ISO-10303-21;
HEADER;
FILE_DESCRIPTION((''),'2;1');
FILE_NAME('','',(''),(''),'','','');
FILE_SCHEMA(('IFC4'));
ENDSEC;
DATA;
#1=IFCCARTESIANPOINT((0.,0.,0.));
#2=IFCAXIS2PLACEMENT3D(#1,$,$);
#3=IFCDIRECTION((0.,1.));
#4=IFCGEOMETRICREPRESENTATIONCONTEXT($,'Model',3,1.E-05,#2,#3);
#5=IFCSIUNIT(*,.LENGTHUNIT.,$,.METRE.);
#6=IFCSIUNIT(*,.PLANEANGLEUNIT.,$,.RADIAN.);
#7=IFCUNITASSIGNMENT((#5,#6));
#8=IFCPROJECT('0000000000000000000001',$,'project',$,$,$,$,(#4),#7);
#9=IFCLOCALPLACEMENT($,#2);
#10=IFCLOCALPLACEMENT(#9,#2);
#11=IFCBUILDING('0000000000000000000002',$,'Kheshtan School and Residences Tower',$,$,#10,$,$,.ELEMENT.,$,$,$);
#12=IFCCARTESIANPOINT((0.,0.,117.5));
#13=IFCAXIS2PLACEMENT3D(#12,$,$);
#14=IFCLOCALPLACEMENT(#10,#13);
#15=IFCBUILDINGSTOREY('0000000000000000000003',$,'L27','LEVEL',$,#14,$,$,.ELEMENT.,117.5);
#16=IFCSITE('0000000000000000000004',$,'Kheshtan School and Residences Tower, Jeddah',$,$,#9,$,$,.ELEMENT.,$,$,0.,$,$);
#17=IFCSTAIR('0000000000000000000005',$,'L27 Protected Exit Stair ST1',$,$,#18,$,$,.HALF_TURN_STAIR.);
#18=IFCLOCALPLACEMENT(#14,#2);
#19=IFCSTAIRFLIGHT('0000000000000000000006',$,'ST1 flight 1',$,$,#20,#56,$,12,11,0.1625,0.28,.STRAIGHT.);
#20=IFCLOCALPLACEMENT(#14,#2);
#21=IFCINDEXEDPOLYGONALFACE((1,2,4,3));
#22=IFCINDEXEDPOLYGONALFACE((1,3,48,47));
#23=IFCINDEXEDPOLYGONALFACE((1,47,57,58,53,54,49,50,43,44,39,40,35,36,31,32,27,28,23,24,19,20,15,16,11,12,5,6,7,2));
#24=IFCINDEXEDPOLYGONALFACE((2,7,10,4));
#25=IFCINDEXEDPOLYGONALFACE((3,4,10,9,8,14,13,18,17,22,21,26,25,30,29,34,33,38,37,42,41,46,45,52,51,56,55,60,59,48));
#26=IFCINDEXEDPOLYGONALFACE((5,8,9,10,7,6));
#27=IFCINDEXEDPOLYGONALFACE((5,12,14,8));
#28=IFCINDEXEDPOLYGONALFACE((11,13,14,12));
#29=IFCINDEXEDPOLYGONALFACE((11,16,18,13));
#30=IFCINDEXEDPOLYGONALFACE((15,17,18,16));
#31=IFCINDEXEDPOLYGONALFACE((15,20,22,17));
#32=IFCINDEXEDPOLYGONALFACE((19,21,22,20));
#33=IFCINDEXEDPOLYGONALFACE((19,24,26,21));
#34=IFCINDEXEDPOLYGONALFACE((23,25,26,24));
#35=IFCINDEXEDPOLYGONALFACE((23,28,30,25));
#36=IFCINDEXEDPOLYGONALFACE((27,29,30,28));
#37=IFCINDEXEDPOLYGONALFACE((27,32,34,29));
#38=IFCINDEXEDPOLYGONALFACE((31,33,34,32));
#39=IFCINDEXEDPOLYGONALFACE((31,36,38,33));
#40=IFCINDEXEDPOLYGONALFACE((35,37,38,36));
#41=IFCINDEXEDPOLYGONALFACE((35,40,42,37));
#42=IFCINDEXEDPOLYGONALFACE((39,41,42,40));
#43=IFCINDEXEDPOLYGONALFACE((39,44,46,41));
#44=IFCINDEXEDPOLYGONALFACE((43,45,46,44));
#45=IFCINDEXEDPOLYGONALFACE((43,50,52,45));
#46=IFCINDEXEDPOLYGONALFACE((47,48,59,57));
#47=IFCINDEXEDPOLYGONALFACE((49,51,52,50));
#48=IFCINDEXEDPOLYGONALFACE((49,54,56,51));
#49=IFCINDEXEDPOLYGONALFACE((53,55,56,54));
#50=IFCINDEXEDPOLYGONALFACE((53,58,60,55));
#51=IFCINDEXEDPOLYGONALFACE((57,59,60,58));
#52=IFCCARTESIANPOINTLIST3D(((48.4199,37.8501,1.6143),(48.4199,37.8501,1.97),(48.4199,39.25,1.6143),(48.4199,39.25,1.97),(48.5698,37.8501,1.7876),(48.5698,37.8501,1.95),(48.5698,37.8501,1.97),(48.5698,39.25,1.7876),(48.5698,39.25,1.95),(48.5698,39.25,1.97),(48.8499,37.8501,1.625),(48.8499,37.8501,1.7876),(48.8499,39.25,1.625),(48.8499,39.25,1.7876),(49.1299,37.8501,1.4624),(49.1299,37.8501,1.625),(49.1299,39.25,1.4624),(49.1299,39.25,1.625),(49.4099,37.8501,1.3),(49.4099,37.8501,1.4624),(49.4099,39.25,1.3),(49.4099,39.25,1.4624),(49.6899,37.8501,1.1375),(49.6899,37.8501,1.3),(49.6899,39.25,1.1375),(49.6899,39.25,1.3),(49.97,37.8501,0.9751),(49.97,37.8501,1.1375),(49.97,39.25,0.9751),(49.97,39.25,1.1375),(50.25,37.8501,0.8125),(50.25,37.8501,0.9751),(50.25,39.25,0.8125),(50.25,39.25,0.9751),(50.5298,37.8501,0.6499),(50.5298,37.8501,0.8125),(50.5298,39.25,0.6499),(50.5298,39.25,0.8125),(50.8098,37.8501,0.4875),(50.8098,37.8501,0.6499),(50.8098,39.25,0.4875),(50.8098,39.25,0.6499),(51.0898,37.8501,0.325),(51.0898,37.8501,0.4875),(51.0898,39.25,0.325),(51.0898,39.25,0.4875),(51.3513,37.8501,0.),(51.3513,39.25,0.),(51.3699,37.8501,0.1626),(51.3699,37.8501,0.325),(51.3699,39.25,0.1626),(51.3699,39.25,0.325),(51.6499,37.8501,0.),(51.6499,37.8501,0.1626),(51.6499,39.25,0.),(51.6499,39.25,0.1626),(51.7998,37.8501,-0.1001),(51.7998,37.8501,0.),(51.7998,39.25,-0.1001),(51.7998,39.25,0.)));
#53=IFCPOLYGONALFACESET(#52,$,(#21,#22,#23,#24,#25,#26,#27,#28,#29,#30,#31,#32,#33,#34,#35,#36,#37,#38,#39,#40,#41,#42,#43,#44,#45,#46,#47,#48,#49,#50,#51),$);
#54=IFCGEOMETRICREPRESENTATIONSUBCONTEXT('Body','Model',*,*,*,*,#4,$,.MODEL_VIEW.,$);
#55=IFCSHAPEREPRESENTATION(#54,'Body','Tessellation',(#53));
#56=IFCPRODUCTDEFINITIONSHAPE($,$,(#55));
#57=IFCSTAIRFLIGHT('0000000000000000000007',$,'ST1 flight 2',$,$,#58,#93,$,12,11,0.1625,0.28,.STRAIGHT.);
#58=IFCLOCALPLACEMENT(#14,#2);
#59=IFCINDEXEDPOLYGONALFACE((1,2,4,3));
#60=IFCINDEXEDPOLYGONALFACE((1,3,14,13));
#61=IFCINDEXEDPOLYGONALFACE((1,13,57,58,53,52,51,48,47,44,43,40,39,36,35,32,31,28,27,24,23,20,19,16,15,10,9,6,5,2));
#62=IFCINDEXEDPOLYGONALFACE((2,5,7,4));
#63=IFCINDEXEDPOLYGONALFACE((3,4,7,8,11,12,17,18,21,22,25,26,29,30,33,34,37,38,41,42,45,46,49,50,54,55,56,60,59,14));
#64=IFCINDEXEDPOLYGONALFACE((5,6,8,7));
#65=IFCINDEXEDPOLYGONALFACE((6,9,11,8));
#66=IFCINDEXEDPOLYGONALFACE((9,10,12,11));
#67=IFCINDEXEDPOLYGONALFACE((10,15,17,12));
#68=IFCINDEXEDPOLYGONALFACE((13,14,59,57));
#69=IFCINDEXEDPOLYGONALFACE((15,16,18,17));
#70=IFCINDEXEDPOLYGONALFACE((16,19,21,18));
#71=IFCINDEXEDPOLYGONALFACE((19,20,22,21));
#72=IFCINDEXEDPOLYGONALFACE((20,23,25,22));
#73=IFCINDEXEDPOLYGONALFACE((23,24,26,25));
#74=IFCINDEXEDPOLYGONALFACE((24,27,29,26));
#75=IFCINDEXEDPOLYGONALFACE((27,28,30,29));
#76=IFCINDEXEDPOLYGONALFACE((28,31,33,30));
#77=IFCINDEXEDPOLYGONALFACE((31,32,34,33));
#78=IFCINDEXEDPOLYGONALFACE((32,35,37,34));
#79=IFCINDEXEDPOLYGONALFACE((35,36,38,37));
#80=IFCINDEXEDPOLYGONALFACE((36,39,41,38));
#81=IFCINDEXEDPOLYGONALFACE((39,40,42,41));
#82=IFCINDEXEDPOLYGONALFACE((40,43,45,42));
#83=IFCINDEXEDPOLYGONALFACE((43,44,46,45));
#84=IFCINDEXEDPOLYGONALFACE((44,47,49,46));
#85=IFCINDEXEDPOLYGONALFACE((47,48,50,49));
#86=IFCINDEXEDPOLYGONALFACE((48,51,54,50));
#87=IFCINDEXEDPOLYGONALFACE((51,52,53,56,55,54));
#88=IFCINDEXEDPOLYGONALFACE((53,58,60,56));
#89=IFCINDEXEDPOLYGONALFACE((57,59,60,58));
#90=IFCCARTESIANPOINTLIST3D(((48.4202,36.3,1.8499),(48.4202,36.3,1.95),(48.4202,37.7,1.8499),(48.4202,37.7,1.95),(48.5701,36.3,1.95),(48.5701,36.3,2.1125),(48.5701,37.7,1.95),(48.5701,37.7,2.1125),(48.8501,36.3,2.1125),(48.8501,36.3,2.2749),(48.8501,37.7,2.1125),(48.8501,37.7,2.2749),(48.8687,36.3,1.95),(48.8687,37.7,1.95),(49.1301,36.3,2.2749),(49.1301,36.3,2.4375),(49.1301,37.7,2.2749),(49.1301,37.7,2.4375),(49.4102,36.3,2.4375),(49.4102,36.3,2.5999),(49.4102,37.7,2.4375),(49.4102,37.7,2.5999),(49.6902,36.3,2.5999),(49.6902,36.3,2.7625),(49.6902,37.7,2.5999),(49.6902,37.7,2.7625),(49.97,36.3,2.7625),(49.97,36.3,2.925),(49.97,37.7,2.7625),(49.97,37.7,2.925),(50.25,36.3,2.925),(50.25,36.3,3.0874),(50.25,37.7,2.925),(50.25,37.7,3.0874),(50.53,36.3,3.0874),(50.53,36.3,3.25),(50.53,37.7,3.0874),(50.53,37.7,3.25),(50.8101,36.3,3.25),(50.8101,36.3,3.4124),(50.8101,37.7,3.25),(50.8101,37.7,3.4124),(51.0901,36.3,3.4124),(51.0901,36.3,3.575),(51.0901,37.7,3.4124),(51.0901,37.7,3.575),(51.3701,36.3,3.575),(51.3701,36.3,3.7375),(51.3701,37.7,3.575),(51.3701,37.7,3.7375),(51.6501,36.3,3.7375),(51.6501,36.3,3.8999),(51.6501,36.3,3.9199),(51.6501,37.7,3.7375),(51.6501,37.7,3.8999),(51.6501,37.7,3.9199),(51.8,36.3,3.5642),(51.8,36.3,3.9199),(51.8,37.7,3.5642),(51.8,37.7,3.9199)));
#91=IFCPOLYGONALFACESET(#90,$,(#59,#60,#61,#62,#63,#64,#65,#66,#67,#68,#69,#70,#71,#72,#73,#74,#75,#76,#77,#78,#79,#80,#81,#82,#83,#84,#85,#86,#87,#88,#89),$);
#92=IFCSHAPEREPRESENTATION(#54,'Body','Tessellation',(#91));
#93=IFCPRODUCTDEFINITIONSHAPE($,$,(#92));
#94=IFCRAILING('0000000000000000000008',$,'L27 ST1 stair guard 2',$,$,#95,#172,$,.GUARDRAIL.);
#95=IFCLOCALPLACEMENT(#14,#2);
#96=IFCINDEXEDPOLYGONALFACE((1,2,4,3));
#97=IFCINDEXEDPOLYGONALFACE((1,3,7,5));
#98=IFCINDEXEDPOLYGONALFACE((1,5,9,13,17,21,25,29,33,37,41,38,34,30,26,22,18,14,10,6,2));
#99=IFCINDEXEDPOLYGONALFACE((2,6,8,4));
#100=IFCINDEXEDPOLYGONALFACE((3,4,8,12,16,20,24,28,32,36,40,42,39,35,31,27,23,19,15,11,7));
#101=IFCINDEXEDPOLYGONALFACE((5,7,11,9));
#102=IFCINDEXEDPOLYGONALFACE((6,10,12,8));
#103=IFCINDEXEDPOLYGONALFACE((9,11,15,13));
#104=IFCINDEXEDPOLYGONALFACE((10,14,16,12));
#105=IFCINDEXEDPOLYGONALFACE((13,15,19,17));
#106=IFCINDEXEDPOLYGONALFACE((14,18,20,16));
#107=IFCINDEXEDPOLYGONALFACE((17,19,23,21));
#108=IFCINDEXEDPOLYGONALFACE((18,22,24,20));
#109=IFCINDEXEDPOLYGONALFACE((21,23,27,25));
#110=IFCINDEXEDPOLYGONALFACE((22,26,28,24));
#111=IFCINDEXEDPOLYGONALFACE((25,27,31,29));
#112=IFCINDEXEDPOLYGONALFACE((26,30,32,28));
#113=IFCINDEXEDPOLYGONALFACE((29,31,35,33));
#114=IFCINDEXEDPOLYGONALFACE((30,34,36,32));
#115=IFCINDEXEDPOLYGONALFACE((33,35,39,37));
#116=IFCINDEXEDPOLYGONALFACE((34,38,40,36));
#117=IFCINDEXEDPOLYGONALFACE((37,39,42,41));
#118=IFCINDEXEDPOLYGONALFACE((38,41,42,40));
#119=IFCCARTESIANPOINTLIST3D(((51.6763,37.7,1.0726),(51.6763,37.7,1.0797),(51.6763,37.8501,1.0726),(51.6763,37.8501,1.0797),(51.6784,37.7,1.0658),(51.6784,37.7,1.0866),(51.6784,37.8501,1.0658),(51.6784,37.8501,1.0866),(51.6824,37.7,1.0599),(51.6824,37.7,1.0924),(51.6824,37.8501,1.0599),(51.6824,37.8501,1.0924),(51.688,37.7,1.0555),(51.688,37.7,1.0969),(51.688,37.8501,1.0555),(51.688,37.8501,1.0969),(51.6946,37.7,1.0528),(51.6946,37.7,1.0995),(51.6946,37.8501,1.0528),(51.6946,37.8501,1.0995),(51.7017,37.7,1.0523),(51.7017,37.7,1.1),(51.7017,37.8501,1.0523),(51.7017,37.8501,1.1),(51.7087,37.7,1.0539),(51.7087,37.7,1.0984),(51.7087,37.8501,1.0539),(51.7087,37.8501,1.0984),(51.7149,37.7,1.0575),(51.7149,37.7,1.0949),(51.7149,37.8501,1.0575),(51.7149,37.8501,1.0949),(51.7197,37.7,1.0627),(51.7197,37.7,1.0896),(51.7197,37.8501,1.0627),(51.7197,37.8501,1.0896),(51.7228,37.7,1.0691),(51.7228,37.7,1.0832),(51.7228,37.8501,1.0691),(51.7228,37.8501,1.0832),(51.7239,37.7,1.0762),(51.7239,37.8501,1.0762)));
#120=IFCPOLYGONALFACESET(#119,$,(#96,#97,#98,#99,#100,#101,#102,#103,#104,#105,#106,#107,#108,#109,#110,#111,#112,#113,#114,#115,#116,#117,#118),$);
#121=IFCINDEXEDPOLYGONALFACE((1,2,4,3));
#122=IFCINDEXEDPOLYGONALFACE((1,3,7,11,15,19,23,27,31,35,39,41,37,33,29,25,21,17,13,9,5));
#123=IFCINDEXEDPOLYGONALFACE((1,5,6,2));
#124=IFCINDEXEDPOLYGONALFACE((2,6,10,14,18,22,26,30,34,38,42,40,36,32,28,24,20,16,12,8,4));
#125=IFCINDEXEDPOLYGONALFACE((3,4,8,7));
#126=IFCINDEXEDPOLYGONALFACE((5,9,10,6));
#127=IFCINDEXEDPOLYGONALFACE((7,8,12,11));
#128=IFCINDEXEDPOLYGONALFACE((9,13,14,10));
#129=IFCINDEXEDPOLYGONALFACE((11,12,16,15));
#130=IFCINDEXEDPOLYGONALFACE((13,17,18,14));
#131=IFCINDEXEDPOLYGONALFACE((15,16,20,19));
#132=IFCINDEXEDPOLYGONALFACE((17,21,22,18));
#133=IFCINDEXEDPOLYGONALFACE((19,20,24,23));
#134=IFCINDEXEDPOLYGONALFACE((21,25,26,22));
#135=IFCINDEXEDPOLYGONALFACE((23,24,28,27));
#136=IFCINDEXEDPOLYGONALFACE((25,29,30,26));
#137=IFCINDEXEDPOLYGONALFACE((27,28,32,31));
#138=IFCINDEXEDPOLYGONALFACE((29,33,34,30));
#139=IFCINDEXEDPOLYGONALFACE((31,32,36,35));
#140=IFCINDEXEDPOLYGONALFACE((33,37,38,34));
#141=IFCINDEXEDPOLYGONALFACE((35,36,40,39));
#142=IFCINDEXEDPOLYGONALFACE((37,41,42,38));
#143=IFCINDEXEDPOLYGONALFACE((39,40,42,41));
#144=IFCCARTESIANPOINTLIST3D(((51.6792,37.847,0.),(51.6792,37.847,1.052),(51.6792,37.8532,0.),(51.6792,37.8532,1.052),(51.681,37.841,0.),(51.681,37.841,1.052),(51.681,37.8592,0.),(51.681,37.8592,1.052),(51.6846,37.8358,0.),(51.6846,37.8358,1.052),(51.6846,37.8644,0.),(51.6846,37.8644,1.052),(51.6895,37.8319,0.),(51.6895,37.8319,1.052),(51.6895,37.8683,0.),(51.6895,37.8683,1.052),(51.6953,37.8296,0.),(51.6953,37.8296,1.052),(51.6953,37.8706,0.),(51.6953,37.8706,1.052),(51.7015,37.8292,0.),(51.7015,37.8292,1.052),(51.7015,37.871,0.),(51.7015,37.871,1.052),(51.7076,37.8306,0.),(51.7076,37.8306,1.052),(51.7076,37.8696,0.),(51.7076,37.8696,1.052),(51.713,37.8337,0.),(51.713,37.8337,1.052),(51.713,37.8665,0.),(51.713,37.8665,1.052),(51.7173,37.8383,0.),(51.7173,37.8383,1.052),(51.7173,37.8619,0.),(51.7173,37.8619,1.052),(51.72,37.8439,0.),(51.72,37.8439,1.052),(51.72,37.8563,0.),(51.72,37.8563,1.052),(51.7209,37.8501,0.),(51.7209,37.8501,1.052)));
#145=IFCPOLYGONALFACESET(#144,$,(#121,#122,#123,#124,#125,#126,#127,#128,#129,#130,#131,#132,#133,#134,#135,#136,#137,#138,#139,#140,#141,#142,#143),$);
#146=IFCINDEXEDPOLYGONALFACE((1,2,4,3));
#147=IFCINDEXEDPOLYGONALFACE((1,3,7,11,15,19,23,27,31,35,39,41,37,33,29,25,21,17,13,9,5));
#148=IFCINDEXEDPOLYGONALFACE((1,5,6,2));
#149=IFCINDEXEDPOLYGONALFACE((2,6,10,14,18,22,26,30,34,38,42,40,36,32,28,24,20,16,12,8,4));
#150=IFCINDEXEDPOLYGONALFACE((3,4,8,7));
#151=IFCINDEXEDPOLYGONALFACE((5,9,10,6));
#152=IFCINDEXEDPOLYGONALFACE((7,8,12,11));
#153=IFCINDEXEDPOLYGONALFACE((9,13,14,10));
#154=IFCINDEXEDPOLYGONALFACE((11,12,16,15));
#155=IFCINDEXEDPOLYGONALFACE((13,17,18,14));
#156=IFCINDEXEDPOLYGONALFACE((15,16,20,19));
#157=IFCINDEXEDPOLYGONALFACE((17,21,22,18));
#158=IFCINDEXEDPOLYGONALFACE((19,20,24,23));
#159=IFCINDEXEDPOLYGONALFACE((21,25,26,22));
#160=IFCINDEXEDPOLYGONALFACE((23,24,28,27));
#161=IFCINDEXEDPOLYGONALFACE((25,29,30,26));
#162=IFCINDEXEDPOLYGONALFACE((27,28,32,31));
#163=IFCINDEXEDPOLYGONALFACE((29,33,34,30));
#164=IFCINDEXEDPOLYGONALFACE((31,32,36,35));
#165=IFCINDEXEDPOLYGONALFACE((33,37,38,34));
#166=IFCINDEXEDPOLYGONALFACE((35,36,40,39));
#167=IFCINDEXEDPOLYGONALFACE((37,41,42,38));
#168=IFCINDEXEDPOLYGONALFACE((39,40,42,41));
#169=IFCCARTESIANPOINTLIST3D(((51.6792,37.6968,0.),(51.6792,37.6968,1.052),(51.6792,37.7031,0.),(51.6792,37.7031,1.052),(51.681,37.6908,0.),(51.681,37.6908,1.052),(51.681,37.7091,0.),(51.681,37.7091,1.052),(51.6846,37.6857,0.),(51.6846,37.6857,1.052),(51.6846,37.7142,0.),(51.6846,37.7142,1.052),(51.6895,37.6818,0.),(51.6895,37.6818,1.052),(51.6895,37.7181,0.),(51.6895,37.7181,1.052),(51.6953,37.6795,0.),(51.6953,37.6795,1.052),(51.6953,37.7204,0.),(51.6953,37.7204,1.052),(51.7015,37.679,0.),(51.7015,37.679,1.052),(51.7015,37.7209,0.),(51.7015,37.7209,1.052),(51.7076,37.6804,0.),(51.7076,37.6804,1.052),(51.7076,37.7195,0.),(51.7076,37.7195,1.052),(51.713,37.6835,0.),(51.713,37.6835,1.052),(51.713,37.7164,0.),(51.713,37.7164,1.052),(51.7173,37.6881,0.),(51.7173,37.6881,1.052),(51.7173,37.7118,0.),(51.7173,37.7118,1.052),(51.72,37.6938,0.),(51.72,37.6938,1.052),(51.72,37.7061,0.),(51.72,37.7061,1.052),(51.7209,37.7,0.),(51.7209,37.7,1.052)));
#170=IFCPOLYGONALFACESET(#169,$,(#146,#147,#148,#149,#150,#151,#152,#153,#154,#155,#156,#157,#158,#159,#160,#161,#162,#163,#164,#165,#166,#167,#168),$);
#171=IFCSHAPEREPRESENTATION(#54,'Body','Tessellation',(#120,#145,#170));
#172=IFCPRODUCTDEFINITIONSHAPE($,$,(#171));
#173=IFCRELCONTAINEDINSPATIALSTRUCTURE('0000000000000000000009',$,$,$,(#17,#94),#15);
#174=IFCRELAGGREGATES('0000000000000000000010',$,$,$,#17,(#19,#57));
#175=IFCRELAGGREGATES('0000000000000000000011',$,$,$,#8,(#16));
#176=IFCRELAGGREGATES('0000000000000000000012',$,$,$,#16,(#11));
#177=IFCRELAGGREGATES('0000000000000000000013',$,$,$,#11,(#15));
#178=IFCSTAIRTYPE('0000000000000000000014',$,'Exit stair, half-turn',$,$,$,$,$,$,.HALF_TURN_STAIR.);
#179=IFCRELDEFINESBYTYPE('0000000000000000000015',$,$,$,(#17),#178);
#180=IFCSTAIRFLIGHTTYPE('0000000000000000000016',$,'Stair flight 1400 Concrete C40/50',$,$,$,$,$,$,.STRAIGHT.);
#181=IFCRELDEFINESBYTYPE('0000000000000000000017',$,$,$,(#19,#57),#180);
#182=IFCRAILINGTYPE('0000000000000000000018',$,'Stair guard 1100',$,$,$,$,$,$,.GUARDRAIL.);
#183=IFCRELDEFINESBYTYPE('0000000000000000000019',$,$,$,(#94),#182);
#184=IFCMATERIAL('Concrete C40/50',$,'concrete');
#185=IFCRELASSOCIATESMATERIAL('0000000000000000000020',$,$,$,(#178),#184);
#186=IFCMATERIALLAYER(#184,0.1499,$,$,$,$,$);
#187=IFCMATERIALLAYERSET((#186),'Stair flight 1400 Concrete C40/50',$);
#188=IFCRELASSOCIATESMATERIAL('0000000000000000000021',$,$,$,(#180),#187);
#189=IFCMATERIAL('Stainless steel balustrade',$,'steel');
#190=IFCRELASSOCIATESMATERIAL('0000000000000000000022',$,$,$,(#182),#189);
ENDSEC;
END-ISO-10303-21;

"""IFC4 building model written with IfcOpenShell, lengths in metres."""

from ifc_helpers import new_model, si_unit, direction, frame, origin, origin_2d, place, context, subcontext, project, spatial, polyline, circle, outline, extrude, material, layer, layer_set, type_object, element, aggregate, save


model = new_model("IFC4")

# Units and contexts
model_context = context("Model", 3, precision=1e-05, world=origin(), true_north=direction((0.0, 1.0)))
body_context = subcontext(model_context, "Body", "Model", "MODEL_VIEW")
ifc_project = project(units=[si_unit("LENGTHUNIT", "METRE"), si_unit("PLANEANGLEUNIT", "RADIAN")], contexts=[model_context])

# Site, building, storey
site_placement = place(None, origin())
site = spatial("IfcSite", under=ifc_project, at=site_placement, Name="Kheshtan School and Residences Tower, Jeddah", CompositionType="ELEMENT", RefElevation=0.0)
building_placement = place(site_placement, origin())
building = spatial("IfcBuilding", under=site, at=building_placement, Name="Kheshtan School and Residences Tower", CompositionType="ELEMENT")
storey_placement = place(building_placement, frame((0.0, 0.0, 117.5)))
storey = spatial("IfcBuildingStorey", under=building, at=storey_placement, Name="L27", Description="LEVEL", CompositionType="ELEMENT", Elevation=117.5)

# Shared definitions
ifc_material_1 = material(Name="Concrete C40/50", Category="concrete")

# Stair, stair flights
stair_type = type_object("IfcStairType", Name="Exit stair, half-turn", PredefinedType="HALF_TURN_STAIR", material=ifc_material_1)
stair_placement = place(storey_placement, origin())
stair = element("IfcStair", 1, at=stair_placement, inside=storey, type_object=stair_type, Name="L27 Protected Exit Stair ST1", PredefinedType="HALF_TURN_STAIR")
ifc_layer_1 = layer(ifc_material_1, 0.1499)
ifc_layer_set_1 = layer_set([ifc_layer_1], Name="Stair flight 1400 Concrete C40/50")
stair_flight_type = type_object("IfcStairFlightType", Name="Stair flight 1400 Concrete C40/50", PredefinedType="STRAIGHT", material=ifc_layer_set_1)
stair_flight_1_placement = place(storey_placement, frame((51.6499, 38.55, 0.0), z_axis=(0.0, 0.0, 1.0), x_axis=(-1.0, 0.0, 0.0)))
stair_flight_1 = element("IfcStairFlight", 2, at=stair_flight_1_placement, type_object=stair_flight_type, Name="ST1 flight 1", NumberOfRisers=12, NumberOfTreads=11, PredefinedType="STRAIGHT", RiserHeight=0.1625, TreadLength=0.28, context=body_context, shape_type="SweptSolid", body=[
    extrude(outline(polyline([(-0.1499, -0.1001), (-0.1499, 0.0), (0.0, 0.0), (0.0, 0.1626), (0.28, 0.1626), (0.28, 0.325), (0.5601, 0.325), (0.5601, 0.4875), (0.8401, 0.4875), (0.8401, 0.6499), (1.1201, 0.6499), (1.1201, 0.8125), (1.3999, 0.8125), (1.3999, 0.9751), (1.6799, 0.9751), (1.6799, 1.1375), (1.96, 1.1375), (1.96, 1.3), (2.24, 1.3), (2.24, 1.4624), (2.52, 1.4624), (2.52, 1.625), (2.8, 1.625), (2.8, 1.7876), (3.0801, 1.7876), (3.0801, 1.95), (3.0801, 1.97), (3.23, 1.97), (3.23, 1.6143), (0.2986, 0.0), (-0.1499, -0.1001)])), frame((0.0, 0.7, 0.0), z_axis=(0.0, -1.0, 0.0), x_axis=(1.0, 0.0, 0.0)), (0.0, 0.0, 1.0), 1.3999),
])
stair_flight_2_placement = place(storey_placement, frame((48.5701, 37.0, 1.95), z_axis=(0.0, 0.0, 1.0), x_axis=(1.0, 0.0, 0.0)))
stair_flight_2 = element("IfcStairFlight", 3, at=stair_flight_2_placement, type_object=stair_flight_type, Name="ST1 flight 2", NumberOfRisers=12, NumberOfTreads=11, PredefinedType="STRAIGHT", RiserHeight=0.1625, TreadLength=0.28, context=body_context, shape_type="SweptSolid", body=[
    extrude(outline(polyline([(-0.1499, -0.1001), (-0.1499, 0.0), (0.0, 0.0), (0.0, 0.1626), (0.28, 0.1626), (0.28, 0.325), (0.5601, 0.325), (0.5601, 0.4875), (0.8401, 0.4875), (0.8401, 0.6499), (1.1201, 0.6499), (1.1201, 0.8125), (1.3999, 0.8125), (1.3999, 0.9751), (1.6799, 0.9751), (1.6799, 1.1375), (1.96, 1.1375), (1.96, 1.3), (2.24, 1.3), (2.24, 1.4624), (2.52, 1.4624), (2.52, 1.625), (2.8, 1.625), (2.8, 1.7876), (3.0801, 1.7876), (3.0801, 1.95), (3.0801, 1.97), (3.23, 1.97), (3.23, 1.6143), (0.2986, 0.0), (-0.1499, -0.1001)])), frame((0.0, 0.7, 0.0), z_axis=(0.0, -1.0, 0.0), x_axis=(1.0, 0.0, 0.0)), (0.0, 0.0, 1.0), 1.3999),
])
aggregate(stair, [stair_flight_1, stair_flight_2])

# Railing
ifc_material_2 = material(Name="Stainless steel balustrade", Category="steel")
railing_type_1 = type_object("IfcRailingType", Name="Stair guard 1100", PredefinedType="GUARDRAIL", material=ifc_material_2)
railing_1_placement = place(storey_placement, frame((51.7, 37.8501, 0.0)))
element("IfcRailing", 4, at=railing_1_placement, inside=storey, type_object=railing_type_1, Name="L27 ST1 stair guard 2", PredefinedType="GUARDRAIL", context=body_context, shape_type="SweptSolid", body=[
    extrude(circle(Radius=0.0239, at=origin_2d()), frame((0.0, 0.0, 1.0762), z_axis=(0.0, -1.0, 0.0), x_axis=(1.0, 0.0, 0.0)), (0.0, 0.0, 1.0), 0.1501),
    extrude(circle(Radius=0.021, at=origin_2d()), origin(), (0.0, 0.0, 1.0), 1.052),
    extrude(circle(Radius=0.021, at=origin_2d()), frame((0.0, -0.1501, 0.0)), (0.0, 0.0, 1.0), 1.052),
])

save(model, "model.ifc")
